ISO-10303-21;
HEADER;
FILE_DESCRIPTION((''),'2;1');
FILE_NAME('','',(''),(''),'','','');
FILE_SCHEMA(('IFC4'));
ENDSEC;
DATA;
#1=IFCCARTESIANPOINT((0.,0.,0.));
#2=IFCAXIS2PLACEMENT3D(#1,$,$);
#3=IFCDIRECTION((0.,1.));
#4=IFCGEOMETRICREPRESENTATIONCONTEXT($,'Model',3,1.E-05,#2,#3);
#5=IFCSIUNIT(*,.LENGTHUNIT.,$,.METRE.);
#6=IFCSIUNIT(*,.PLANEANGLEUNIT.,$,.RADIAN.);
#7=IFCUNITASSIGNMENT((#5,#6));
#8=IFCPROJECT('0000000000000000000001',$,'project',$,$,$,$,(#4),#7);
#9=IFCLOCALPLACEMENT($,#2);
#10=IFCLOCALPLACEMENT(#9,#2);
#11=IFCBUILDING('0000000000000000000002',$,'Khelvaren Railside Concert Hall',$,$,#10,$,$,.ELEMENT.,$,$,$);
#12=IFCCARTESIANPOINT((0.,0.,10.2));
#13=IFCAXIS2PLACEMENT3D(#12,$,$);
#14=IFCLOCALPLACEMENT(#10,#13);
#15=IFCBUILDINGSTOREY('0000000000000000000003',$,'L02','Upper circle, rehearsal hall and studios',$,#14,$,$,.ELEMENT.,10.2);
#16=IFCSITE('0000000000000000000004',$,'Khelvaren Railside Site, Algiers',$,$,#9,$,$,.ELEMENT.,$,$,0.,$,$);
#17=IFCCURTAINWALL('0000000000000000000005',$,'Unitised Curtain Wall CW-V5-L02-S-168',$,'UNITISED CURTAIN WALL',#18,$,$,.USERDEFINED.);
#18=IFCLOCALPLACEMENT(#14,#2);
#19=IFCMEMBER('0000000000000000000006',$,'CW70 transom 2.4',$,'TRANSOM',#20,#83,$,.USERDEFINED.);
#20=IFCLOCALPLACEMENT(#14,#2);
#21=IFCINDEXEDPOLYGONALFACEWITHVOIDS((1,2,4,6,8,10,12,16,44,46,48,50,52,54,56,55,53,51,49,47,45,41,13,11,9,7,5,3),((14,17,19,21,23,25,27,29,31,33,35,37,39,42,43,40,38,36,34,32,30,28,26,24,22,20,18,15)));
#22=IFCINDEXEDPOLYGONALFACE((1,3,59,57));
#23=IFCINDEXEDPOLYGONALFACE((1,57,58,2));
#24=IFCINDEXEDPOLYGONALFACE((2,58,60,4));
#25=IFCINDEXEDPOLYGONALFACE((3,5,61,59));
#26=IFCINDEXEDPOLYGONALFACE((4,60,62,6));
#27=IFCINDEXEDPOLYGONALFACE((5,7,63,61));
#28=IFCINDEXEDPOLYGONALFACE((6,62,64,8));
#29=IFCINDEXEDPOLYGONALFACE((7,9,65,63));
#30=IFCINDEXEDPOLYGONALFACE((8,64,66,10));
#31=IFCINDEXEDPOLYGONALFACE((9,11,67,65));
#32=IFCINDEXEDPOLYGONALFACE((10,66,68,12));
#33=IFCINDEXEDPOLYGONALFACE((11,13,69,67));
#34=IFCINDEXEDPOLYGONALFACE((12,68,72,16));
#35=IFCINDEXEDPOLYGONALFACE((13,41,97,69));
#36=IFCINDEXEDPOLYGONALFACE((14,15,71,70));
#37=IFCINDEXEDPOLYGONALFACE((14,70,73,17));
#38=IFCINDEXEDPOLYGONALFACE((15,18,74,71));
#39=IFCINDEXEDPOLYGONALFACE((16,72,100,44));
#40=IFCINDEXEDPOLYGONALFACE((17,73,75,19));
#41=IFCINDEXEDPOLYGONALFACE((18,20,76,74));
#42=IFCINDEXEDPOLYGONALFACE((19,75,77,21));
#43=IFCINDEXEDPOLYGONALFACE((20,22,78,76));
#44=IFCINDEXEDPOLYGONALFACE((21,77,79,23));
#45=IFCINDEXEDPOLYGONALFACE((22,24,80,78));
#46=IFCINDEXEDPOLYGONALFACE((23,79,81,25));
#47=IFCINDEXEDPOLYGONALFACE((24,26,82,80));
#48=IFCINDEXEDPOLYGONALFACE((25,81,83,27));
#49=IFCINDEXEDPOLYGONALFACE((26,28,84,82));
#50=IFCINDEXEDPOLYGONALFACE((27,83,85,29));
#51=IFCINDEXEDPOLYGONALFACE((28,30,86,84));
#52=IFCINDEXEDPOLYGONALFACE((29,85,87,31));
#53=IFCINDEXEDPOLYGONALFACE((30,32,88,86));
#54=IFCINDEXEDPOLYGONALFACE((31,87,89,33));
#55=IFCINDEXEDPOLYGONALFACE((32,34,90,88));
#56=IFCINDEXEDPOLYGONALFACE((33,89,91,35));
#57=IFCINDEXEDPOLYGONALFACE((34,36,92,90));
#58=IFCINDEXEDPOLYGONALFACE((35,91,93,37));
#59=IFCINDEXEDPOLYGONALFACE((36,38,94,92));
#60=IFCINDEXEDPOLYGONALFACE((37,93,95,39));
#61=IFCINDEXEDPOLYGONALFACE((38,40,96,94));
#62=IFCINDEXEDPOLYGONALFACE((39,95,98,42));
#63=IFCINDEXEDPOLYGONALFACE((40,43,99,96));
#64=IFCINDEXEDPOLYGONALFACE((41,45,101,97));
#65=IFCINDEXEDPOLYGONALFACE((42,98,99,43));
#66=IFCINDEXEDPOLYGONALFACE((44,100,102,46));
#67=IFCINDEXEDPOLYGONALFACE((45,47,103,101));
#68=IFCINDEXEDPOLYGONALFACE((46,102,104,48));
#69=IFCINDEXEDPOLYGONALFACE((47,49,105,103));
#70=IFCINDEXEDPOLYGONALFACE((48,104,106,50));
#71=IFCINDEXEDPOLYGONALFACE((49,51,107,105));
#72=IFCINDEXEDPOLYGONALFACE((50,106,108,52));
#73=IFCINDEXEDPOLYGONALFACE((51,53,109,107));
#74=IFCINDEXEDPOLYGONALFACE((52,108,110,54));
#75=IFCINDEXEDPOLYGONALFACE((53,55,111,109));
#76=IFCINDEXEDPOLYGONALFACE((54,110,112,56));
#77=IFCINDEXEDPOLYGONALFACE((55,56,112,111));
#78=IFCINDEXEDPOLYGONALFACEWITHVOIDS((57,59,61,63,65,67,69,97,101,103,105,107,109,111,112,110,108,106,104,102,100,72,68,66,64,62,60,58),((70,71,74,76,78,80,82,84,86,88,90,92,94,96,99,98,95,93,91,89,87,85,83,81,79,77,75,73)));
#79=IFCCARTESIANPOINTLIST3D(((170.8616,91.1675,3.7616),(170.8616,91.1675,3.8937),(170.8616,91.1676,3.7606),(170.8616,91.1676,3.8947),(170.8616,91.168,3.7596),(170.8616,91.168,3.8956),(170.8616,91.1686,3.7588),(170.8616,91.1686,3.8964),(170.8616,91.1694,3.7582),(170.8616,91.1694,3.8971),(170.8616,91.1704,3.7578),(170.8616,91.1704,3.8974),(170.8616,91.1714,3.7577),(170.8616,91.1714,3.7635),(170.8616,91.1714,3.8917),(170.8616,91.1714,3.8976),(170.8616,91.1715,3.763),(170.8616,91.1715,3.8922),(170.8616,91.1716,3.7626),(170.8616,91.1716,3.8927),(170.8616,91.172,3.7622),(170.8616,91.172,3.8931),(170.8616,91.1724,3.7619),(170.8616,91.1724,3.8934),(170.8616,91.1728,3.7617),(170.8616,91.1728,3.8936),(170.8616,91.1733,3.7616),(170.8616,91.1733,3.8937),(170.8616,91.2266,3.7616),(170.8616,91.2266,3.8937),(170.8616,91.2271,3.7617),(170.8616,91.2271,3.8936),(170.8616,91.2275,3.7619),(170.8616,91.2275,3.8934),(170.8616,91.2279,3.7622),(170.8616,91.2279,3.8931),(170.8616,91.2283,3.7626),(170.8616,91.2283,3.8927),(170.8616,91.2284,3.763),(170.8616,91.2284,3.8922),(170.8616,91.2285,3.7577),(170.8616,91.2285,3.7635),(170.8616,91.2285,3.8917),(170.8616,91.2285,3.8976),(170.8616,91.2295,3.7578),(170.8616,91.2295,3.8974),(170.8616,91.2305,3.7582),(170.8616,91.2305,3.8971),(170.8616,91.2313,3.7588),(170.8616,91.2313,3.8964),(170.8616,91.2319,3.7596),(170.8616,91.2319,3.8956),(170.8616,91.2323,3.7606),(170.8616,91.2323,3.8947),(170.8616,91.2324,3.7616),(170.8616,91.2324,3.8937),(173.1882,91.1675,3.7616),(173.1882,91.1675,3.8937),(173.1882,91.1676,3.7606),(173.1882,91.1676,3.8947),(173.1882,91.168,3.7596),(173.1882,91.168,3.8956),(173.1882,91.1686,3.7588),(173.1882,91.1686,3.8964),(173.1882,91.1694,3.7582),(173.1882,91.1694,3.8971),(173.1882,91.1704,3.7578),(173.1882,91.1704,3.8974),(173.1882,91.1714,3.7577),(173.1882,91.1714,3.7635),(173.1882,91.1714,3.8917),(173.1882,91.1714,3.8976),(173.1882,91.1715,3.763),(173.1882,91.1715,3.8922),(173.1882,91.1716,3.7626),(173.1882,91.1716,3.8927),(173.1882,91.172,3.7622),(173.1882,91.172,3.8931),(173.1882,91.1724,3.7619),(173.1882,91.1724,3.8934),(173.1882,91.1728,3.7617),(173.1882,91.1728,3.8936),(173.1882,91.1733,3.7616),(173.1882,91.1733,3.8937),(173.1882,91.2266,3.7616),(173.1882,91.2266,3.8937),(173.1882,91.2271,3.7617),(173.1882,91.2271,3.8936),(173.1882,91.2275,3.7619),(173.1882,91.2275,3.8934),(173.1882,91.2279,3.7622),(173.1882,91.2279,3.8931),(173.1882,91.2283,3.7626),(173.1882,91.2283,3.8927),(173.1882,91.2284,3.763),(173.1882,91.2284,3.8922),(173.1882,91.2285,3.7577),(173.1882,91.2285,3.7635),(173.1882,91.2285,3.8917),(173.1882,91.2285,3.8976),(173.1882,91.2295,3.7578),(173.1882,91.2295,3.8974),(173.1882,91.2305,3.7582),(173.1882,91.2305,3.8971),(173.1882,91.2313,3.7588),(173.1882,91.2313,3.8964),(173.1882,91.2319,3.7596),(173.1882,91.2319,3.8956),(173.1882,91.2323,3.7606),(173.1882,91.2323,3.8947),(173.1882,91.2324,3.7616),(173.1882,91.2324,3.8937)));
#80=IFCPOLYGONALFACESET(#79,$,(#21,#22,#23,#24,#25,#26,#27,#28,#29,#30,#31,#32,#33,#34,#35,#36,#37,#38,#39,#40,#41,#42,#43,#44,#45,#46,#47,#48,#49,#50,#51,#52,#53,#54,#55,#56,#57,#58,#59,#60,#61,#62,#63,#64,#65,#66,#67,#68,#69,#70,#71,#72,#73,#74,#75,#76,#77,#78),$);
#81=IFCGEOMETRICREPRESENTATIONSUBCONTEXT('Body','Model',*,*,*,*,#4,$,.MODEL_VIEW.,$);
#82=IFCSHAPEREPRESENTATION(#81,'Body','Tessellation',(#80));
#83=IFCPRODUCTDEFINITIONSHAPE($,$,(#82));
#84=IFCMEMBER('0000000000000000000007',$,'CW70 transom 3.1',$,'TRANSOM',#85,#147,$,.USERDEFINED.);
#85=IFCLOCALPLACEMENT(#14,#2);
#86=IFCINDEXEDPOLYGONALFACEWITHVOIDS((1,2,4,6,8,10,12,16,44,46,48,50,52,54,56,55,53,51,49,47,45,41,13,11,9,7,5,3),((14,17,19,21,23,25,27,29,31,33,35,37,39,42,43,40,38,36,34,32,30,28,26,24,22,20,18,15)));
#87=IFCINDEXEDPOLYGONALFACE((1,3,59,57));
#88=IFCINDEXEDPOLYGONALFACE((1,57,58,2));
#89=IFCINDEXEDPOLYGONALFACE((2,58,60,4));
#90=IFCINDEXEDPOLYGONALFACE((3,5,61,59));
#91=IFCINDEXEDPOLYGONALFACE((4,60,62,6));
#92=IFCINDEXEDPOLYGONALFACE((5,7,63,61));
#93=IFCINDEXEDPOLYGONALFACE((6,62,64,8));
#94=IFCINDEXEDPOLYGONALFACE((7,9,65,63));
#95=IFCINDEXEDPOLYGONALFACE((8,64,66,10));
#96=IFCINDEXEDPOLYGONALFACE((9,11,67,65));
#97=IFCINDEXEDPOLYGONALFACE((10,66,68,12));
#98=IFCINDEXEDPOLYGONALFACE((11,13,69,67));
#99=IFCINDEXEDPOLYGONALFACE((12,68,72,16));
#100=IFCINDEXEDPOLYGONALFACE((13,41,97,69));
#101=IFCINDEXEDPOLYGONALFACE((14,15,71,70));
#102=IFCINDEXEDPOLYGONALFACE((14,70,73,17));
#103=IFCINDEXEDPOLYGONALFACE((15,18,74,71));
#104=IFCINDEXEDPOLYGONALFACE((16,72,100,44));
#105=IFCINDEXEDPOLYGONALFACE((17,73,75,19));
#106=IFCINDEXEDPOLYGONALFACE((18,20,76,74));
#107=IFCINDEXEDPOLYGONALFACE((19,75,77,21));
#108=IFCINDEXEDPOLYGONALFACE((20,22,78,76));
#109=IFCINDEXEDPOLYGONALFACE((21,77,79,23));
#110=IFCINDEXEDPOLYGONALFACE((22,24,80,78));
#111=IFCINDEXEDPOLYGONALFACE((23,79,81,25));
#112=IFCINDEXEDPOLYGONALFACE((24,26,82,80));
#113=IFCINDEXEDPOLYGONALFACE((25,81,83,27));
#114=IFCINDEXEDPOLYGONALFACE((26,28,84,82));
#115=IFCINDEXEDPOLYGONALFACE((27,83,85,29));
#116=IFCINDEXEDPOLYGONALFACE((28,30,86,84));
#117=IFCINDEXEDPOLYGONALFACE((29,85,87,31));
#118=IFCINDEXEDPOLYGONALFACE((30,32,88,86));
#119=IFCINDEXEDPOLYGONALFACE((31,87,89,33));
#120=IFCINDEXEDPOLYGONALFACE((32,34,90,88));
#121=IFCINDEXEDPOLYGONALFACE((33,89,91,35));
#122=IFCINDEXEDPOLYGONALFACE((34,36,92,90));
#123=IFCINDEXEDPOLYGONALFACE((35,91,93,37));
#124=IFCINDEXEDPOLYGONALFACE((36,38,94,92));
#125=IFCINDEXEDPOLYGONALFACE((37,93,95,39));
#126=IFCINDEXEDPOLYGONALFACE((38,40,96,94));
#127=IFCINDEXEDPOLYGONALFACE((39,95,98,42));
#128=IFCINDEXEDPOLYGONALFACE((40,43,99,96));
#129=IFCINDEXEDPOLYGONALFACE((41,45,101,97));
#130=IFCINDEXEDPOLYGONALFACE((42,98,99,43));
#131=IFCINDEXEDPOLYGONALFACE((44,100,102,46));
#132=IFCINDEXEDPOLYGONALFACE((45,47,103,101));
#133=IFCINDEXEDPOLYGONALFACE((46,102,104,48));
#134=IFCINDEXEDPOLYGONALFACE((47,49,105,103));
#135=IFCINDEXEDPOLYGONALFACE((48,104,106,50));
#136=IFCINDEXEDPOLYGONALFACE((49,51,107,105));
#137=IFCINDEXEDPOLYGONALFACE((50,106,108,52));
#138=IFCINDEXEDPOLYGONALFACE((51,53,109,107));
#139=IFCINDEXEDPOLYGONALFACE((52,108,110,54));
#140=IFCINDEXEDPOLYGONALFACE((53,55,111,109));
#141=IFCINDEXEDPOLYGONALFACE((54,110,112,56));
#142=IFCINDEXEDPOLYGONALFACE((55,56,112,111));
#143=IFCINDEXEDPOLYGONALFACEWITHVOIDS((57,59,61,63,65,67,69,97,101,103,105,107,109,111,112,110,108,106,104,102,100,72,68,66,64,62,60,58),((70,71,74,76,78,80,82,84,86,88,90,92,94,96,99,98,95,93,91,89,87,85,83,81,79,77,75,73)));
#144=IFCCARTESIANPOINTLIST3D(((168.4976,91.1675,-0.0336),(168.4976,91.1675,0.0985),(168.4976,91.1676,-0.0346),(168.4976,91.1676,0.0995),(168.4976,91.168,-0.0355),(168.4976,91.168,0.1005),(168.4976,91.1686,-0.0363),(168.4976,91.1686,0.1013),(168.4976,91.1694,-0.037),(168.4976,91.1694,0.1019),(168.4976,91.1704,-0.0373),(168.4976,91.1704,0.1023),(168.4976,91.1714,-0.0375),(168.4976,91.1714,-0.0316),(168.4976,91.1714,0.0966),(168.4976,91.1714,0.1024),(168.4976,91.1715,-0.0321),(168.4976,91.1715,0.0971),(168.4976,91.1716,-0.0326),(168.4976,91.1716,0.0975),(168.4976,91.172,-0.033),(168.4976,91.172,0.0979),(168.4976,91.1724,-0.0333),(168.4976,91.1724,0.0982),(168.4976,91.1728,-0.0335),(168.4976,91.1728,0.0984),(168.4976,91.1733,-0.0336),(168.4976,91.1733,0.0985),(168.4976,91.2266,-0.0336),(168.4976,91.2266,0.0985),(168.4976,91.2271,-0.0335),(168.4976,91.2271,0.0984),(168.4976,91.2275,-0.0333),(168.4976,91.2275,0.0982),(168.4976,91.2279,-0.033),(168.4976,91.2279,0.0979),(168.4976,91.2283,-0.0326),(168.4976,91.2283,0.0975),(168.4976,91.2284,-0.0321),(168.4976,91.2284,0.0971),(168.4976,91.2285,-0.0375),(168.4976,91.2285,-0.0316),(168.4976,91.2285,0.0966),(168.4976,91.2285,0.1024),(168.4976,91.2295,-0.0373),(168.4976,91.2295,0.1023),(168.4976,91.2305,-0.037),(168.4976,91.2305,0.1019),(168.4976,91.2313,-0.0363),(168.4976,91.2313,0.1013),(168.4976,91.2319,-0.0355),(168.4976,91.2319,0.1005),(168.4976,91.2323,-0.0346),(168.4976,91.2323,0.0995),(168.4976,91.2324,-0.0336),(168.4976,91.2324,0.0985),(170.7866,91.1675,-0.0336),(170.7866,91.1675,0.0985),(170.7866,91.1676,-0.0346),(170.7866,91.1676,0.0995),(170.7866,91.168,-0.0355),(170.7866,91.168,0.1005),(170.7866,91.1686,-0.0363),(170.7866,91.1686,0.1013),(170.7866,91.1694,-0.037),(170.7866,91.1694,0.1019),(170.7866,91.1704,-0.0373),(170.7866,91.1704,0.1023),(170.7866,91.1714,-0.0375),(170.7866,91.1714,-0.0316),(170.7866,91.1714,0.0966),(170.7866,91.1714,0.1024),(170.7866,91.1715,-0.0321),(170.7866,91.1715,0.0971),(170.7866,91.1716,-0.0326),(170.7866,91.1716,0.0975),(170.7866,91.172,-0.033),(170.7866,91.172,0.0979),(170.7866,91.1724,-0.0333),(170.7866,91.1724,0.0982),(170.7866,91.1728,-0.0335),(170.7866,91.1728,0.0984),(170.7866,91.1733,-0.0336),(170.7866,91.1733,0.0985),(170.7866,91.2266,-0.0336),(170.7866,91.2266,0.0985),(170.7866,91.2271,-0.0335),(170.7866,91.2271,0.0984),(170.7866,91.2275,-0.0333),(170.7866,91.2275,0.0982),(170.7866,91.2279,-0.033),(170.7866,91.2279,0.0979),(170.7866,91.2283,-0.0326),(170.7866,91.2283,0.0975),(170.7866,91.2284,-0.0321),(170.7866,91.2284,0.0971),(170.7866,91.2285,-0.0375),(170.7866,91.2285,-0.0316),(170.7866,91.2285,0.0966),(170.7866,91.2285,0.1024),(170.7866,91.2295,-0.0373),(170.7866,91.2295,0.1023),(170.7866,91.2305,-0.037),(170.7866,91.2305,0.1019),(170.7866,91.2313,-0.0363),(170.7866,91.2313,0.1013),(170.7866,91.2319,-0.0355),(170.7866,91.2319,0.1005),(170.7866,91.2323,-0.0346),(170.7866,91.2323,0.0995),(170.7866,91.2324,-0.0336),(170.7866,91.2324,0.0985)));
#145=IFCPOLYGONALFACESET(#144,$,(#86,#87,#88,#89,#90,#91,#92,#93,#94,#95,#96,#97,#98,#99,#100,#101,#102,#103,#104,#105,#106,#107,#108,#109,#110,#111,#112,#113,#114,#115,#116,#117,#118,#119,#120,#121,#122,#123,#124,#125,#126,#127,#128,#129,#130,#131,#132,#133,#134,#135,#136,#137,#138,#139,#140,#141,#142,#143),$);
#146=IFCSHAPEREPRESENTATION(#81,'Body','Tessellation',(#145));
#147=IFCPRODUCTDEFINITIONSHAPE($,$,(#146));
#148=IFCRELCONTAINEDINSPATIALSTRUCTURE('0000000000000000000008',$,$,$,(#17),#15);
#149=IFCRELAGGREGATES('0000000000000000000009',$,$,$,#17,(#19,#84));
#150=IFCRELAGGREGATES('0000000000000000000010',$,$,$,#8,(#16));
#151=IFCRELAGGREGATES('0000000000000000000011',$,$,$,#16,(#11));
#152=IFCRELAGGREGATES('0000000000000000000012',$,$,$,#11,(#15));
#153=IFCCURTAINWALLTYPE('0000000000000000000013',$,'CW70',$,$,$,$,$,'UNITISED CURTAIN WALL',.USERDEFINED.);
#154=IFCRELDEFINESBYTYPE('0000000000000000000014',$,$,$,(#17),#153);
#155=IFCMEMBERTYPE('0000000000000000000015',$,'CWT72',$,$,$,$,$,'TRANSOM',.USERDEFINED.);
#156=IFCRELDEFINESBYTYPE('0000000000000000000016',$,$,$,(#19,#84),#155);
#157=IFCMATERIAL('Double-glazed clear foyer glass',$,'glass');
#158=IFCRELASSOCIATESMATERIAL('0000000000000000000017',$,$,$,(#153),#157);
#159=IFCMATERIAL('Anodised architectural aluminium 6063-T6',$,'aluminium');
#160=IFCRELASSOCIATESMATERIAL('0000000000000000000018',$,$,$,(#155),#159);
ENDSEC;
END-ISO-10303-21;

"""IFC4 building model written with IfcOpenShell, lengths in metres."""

from ifc_helpers import new_model, si_unit, direction, frame, origin, origin_2d, place, context, subcontext, project, spatial, hollow_rectangle, extrude, material, material_profile, profile_set, type_object, element, aggregate, save


model = new_model("IFC4")

# Units and contexts
model_context = context("Model", 3, precision=1e-05, world=origin(), true_north=direction((0.0, 1.0)))
body_context = subcontext(model_context, "Body", "Model", "MODEL_VIEW")
ifc_project = project(units=[si_unit("LENGTHUNIT", "METRE"), si_unit("PLANEANGLEUNIT", "RADIAN")], contexts=[model_context])

# Site, building, storey
site_placement = place(None, origin())
site = spatial("IfcSite", under=ifc_project, at=site_placement, Name="Khelvaren Railside Site, Algiers", CompositionType="ELEMENT", RefElevation=0.0)
building_placement = place(site_placement, origin())
building = spatial("IfcBuilding", under=site, at=building_placement, Name="Khelvaren Railside Concert Hall", CompositionType="ELEMENT")
storey_placement = place(building_placement, frame((0.0, 0.0, 10.2)))
storey = spatial("IfcBuildingStorey", under=building, at=storey_placement, Name="L02", Description="Upper circle, rehearsal hall and studios", CompositionType="ELEMENT", Elevation=10.2)

# Curtain wall, members
ifc_material_1 = material(Name="Double-glazed clear foyer glass", Category="glass")
curtain_wall_type = type_object("IfcCurtainWallType", Name="CW70", ElementType="UNITISED CURTAIN WALL", PredefinedType="USERDEFINED", material=ifc_material_1)
curtain_wall_placement = place(storey_placement, origin())
curtain_wall = element("IfcCurtainWall", 1, at=curtain_wall_placement, inside=storey, type_object=curtain_wall_type, Name="Unitised Curtain Wall CW-V5-L02-S-168", ObjectType="UNITISED CURTAIN WALL", PredefinedType="USERDEFINED")
ifc_material_2 = material(Name="Anodised architectural aluminium 6063-T6", Category="aluminium")
ifc_material_profile_1 = material_profile(ifc_material_2, hollow_rectangle(XDim=0.0649, YDim=0.1399, WallThickness=0.0039, InnerFilletRadius=0.002, OuterFilletRadius=0.0039, at=origin_2d()), Name="CWT 65x140x4")
ifc_profile_set_1 = profile_set([ifc_material_profile_1], Name="Anodised architectural aluminium 6063-T6")
member_type_1 = type_object("IfcMemberType", Name="CWT72", ElementType="TRANSOM", PredefinedType="USERDEFINED", material=ifc_profile_set_1)
member_1_placement = place(storey_placement, frame((173.1882, 91.2, 3.8276), z_axis=(-1.0, 0.0, 0.0), x_axis=(0.0, -1.0, 0.0)))
member_1 = element("IfcMember", 2, at=member_1_placement, type_object=member_type_1, Name="CW70 transom 2.4", ObjectType="TRANSOM", PredefinedType="USERDEFINED", context=body_context, shape_type="SweptSolid", body=[
    extrude(hollow_rectangle(XDim=0.0649, YDim=0.1399, WallThickness=0.0039, InnerFilletRadius=0.002, OuterFilletRadius=0.0039, at=origin_2d()), origin(), (0.0, 0.0, 1.0), 2.3267),
])
member_2_placement = place(storey_placement, frame((170.7866, 91.2, 0.0325), z_axis=(-1.0, 0.0, 0.0), x_axis=(0.0, -1.0, 0.0)))
member_2 = element("IfcMember", 3, at=member_2_placement, type_object=member_type_1, Name="CW70 transom 3.1", ObjectType="TRANSOM", PredefinedType="USERDEFINED", context=body_context, shape_type="SweptSolid", body=[
    extrude(hollow_rectangle(XDim=0.0649, YDim=0.1399, WallThickness=0.0039, InnerFilletRadius=0.002, OuterFilletRadius=0.0039, at=origin_2d()), origin(), (0.0, 0.0, 1.0), 2.2891),
])

aggregate(curtain_wall, [member_1, member_2])

save(model, "model.ifc")
